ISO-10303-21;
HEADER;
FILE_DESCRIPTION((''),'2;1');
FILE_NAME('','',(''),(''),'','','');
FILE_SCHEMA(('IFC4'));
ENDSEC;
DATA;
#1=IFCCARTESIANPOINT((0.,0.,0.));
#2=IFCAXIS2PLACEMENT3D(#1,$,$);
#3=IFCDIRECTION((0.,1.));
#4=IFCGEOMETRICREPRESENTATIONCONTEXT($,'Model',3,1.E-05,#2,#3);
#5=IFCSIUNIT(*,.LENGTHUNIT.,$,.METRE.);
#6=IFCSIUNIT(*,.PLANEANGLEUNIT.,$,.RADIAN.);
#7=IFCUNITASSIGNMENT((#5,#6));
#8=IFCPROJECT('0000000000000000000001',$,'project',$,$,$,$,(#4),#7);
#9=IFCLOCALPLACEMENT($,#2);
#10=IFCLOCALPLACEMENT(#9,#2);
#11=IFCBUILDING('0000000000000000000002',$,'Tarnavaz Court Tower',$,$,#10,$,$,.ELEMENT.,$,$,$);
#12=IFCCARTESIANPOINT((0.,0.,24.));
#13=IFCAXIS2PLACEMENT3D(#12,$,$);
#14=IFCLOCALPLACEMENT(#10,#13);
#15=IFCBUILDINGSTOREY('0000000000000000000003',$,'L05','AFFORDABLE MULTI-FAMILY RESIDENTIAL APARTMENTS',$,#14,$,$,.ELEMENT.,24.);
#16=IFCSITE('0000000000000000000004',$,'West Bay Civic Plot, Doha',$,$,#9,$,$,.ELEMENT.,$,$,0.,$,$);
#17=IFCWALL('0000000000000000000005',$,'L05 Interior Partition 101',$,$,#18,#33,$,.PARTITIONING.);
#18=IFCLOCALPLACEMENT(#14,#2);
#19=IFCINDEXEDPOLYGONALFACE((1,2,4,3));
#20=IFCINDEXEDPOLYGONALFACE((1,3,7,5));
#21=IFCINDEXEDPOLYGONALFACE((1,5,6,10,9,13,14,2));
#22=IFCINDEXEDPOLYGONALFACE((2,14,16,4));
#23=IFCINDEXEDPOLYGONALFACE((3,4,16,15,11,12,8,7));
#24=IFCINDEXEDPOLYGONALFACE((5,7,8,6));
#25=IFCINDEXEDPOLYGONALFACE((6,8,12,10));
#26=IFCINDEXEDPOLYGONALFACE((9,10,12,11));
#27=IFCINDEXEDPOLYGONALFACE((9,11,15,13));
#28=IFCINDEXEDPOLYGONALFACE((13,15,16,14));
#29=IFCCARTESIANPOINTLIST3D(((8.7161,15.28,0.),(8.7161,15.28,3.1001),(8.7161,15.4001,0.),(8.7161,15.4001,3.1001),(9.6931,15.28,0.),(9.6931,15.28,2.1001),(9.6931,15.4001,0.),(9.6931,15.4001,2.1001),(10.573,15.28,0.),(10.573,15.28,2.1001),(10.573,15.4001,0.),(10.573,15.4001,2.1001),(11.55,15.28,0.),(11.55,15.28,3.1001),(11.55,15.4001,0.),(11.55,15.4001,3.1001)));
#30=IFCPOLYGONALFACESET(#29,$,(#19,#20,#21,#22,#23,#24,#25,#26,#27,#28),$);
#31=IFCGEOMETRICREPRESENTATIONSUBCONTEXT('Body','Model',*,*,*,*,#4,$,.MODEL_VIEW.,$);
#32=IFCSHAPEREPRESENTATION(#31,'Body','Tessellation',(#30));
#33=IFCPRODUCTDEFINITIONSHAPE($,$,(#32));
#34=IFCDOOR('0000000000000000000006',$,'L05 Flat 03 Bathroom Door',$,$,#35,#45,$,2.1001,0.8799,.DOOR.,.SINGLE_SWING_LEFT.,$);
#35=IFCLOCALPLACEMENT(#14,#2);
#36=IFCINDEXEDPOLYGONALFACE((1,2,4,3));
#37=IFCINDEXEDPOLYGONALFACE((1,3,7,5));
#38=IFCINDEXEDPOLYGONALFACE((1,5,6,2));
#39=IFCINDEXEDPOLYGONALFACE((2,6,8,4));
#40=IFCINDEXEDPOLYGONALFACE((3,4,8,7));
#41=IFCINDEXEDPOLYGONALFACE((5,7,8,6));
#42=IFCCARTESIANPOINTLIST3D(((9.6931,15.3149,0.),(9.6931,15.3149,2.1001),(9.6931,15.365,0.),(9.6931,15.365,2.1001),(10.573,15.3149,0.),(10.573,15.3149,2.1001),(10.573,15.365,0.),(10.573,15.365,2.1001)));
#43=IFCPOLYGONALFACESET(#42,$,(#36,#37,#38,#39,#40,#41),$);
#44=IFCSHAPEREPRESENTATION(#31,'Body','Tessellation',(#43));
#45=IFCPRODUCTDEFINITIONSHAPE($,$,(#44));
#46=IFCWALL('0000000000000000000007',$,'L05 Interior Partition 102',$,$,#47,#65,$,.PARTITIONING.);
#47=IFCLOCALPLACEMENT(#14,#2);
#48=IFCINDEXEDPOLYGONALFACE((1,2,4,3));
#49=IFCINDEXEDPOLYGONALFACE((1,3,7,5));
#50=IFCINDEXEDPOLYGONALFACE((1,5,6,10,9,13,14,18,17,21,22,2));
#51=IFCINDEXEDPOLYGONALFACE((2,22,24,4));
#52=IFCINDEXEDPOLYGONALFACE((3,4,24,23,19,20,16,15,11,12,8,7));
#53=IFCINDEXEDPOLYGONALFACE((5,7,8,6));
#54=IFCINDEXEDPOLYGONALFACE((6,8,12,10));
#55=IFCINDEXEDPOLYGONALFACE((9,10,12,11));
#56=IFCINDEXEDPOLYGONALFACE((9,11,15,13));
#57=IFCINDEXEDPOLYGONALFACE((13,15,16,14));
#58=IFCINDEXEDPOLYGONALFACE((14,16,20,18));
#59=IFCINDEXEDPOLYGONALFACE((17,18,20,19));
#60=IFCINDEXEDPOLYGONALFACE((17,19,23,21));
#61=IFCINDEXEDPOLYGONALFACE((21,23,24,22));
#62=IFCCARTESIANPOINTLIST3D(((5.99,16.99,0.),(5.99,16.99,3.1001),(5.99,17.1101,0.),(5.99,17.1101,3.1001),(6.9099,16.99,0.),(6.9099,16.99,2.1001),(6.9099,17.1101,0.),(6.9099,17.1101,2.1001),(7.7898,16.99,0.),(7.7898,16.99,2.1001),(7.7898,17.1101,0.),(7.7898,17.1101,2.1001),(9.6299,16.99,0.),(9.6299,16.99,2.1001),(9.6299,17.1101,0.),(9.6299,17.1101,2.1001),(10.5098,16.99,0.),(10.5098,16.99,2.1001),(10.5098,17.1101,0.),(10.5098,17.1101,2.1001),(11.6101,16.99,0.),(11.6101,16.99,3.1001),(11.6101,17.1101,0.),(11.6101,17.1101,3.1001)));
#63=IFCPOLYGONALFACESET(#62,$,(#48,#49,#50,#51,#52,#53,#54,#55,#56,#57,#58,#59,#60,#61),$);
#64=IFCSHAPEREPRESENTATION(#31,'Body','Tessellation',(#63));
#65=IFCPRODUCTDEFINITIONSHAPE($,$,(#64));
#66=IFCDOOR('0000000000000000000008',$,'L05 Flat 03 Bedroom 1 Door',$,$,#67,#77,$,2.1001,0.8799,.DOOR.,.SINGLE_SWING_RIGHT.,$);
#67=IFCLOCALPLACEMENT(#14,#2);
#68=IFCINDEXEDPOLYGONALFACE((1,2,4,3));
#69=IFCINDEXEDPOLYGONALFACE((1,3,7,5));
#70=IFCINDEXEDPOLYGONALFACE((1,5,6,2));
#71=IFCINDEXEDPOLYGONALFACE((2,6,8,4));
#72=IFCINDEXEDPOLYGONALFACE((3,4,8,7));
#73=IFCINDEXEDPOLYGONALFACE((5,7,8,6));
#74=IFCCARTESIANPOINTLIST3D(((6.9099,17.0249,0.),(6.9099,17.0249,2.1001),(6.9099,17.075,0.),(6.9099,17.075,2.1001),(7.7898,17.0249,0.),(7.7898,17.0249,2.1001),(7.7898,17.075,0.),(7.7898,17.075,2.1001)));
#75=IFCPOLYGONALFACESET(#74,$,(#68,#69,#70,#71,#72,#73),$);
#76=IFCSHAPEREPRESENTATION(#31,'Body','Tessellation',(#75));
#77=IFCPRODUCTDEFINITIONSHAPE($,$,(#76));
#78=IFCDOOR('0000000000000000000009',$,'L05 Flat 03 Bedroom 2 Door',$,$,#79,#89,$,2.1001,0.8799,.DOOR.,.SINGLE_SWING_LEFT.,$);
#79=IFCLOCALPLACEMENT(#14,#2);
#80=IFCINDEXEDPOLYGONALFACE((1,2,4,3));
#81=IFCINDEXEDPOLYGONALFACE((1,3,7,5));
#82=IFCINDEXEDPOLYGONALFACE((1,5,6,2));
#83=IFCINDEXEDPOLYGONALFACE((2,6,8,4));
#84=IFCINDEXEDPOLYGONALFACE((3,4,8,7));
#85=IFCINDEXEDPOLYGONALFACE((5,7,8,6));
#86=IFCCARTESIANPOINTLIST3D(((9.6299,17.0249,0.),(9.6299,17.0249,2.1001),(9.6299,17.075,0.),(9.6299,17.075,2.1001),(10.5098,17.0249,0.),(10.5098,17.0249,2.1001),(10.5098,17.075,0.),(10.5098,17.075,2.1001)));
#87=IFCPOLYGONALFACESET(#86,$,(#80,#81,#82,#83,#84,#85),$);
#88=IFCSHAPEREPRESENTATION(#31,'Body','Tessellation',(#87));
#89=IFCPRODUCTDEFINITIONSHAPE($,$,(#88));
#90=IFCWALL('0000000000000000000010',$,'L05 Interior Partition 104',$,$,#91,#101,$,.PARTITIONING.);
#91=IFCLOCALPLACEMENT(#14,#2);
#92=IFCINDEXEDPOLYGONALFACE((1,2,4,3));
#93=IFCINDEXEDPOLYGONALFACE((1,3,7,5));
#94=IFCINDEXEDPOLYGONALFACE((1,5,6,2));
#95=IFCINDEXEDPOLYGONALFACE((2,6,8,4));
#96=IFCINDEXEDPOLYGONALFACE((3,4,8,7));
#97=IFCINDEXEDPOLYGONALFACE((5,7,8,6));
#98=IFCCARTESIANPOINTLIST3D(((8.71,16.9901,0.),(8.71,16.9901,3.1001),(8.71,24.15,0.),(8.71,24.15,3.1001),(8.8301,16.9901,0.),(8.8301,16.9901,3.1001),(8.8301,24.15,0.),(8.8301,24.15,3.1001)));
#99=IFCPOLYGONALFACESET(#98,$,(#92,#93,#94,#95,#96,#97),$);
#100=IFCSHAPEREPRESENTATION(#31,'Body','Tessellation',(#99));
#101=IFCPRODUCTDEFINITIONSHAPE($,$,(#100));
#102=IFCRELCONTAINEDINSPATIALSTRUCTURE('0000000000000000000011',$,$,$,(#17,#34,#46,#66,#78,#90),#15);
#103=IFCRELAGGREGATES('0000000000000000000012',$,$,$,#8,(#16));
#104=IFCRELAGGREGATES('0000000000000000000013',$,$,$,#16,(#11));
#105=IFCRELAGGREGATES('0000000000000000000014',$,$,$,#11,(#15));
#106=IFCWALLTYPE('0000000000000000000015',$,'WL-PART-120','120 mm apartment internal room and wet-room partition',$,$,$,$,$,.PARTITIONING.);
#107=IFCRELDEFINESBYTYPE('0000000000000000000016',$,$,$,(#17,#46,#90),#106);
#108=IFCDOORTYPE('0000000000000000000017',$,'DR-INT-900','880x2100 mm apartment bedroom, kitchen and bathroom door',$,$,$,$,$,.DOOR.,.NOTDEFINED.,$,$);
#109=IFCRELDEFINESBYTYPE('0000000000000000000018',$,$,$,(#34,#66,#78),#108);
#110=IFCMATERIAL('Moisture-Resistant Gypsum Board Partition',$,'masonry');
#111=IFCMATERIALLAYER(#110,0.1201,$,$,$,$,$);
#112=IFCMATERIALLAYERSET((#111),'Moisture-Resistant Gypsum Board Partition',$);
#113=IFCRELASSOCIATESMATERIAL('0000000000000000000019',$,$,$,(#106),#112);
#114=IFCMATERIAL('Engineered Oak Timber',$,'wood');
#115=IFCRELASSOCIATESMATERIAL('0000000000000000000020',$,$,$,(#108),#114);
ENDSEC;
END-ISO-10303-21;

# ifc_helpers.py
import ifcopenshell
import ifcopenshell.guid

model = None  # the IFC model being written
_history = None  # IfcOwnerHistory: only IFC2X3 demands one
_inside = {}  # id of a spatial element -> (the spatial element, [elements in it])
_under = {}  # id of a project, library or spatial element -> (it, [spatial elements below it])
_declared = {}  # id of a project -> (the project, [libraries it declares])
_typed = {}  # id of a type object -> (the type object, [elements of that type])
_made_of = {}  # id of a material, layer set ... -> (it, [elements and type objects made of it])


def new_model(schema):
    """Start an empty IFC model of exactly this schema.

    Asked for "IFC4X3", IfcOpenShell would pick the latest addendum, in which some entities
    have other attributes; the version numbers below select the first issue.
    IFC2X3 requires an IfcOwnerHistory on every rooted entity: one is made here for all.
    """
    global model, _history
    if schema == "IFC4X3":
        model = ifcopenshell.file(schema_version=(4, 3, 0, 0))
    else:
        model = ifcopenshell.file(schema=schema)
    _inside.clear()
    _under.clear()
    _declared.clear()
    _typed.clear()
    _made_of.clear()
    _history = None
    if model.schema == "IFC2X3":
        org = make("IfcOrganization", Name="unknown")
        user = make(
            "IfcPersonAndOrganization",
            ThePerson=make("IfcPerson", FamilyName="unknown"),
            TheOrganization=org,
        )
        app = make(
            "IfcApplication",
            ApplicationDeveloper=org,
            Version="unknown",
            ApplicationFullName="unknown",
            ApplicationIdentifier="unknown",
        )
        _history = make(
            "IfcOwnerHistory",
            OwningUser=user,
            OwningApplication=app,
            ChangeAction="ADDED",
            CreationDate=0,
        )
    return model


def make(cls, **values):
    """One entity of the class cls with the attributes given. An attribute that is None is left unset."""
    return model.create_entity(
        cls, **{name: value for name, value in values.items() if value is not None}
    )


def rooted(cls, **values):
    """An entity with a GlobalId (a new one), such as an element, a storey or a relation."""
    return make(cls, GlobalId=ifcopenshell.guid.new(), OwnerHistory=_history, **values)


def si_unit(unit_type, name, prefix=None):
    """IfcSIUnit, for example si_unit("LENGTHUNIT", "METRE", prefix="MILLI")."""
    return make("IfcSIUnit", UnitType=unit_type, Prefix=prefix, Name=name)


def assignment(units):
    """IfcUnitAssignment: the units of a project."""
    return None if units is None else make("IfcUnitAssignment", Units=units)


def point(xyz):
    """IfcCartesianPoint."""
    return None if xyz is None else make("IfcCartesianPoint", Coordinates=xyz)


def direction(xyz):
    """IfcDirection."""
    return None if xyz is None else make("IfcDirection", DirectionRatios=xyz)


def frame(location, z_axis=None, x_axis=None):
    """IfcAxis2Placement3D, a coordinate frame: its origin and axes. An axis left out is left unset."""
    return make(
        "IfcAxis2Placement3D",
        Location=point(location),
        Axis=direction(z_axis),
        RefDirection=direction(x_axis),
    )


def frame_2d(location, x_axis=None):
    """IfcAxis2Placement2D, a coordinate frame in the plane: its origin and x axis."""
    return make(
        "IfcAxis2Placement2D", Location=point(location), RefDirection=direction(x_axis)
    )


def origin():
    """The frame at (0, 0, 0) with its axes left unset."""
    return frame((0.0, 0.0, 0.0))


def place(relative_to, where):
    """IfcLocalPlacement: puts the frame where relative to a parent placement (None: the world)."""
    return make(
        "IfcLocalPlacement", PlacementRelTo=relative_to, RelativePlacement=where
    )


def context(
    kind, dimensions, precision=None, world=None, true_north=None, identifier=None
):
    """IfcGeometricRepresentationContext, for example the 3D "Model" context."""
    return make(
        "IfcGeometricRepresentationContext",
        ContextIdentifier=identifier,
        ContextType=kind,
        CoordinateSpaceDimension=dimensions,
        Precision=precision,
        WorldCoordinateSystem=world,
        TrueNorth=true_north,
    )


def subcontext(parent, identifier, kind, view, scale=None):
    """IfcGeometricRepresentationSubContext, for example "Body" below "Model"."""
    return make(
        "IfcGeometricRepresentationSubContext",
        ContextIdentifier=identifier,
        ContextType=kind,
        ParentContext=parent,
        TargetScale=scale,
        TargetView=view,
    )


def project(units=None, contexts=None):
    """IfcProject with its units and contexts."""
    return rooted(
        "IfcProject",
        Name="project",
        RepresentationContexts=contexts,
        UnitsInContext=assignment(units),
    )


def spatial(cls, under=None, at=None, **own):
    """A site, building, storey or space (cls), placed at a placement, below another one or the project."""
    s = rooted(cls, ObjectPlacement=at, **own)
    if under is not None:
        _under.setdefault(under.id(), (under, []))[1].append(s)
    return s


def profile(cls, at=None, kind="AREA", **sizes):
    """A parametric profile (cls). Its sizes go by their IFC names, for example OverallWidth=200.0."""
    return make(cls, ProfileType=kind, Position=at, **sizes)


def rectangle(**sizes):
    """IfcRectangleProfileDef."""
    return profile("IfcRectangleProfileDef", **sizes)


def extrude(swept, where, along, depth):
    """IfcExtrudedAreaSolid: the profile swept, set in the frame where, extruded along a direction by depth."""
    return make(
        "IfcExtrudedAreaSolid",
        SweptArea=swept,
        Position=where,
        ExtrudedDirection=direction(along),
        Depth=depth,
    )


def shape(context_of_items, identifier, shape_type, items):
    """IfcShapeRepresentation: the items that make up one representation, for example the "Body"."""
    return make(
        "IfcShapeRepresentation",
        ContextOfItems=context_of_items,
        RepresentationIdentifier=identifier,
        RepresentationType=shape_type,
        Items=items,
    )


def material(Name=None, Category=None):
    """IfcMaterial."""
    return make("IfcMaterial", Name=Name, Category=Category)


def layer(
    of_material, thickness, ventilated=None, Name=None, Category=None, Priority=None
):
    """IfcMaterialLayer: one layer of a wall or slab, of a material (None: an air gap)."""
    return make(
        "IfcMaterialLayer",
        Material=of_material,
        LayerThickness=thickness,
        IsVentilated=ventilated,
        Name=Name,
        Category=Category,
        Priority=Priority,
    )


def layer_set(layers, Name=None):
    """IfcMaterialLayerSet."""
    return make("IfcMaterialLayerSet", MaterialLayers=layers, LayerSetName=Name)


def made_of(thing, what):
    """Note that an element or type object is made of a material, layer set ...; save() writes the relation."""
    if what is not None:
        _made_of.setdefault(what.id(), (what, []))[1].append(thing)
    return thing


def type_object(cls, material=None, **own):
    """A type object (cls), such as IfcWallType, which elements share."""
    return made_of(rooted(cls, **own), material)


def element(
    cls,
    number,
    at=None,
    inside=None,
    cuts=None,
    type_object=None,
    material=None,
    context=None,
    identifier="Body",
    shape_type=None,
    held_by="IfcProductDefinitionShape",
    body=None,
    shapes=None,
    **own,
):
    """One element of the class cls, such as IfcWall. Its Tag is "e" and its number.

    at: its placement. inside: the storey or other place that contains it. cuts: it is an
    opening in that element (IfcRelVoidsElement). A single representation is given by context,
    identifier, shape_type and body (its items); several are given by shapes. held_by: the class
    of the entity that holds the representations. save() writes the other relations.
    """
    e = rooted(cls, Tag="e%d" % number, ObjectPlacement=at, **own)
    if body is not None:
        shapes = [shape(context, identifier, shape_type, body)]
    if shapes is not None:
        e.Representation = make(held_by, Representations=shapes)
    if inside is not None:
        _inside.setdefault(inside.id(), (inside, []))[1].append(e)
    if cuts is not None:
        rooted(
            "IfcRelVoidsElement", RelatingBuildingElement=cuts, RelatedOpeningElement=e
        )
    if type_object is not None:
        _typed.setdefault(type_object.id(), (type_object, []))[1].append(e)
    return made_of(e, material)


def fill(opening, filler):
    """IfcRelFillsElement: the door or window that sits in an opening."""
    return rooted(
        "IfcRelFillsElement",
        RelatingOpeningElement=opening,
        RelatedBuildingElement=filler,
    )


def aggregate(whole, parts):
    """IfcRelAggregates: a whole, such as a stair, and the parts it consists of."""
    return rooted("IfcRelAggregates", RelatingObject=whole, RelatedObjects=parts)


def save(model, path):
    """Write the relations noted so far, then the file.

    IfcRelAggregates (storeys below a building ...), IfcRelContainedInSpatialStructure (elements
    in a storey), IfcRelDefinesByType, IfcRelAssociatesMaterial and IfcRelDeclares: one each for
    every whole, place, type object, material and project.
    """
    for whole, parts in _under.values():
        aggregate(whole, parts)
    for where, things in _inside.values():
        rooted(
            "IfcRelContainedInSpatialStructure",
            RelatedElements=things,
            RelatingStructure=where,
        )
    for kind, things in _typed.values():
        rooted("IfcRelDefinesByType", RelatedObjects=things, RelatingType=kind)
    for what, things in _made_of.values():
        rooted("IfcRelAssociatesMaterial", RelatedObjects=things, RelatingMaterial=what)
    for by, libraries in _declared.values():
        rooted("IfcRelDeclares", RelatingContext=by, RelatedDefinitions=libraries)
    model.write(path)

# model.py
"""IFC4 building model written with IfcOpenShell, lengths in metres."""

from ifc_helpers import new_model, si_unit, direction, frame, frame_2d, origin, place, context, subcontext, project, spatial, rectangle, extrude, material, layer, layer_set, type_object, element, fill, save


model = new_model("IFC4")

# Units and contexts
model_context = context("Model", 3, precision=1e-05, world=origin(), true_north=direction((0.0, 1.0)))
body_context = subcontext(model_context, "Body", "Model", "MODEL_VIEW")
ifc_project = project(units=[si_unit("LENGTHUNIT", "METRE"), si_unit("PLANEANGLEUNIT", "RADIAN")], contexts=[model_context])

# Site, building, storey
site_placement = place(None, origin())
site = spatial("IfcSite", under=ifc_project, at=site_placement, Name="West Bay Civic Plot, Doha", CompositionType="ELEMENT", RefElevation=0.0)
building_placement = place(site_placement, origin())
building = spatial("IfcBuilding", under=site, at=building_placement, Name="Tarnavaz Court Tower", CompositionType="ELEMENT")
storey_placement = place(building_placement, frame((0.0, 0.0, 24.0)))
storey = spatial("IfcBuildingStorey", under=building, at=storey_placement, Name="L05", Description="AFFORDABLE MULTI-FAMILY RESIDENTIAL APARTMENTS", CompositionType="ELEMENT", Elevation=24.0)

# Wall, opening, door
ifc_material_1 = material(Name="Moisture-Resistant Gypsum Board Partition", Category="masonry")
ifc_layer_1 = layer(ifc_material_1, 0.1201)
ifc_layer_set_1 = layer_set([ifc_layer_1], Name="Moisture-Resistant Gypsum Board Partition")
wall_type_1 = type_object("IfcWallType", Name="WL-PART-120", Description="120 mm apartment internal room and wet-room partition", PredefinedType="PARTITIONING", material=ifc_layer_set_1)
ifc_material_2 = material(Name="Engineered Oak Timber", Category="wood")
door_type = type_object("IfcDoorType", Name="DR-INT-900", Description="880x2100 mm apartment bedroom, kitchen and bathroom door", OperationType="NOTDEFINED", PredefinedType="DOOR", material=ifc_material_2)
wall_1_placement = place(storey_placement, frame((8.7161, 15.3401, 0.0), z_axis=(0.0, 0.0, 1.0), x_axis=(1.0, 0.0, 0.0)))
wall_1 = element("IfcWall", 1, at=wall_1_placement, inside=storey, type_object=wall_type_1, Name="L05 Interior Partition 101", PredefinedType="PARTITIONING", context=body_context, shape_type="SweptSolid", body=[
    extrude(rectangle(XDim=2.834, YDim=0.1201, at=frame_2d((1.417, 0.0))), origin(), (0.0, 0.0, 1.0), 3.1001),
])
opening_1_placement = place(wall_1_placement, frame((0.9771, 0.0, 0.0)))
opening_1 = element("IfcOpeningElement", 2, at=opening_1_placement, cuts=wall_1, PredefinedType="OPENING", context=body_context, shape_type="SweptSolid", body=[
    extrude(rectangle(XDim=0.8799, YDim=2.1001, at=frame_2d((0.4399, 1.05))), frame((0.0, 0.0701, 0.0), z_axis=(0.0, -1.0, 0.0), x_axis=(1.0, 0.0, 0.0)), (0.0, 0.0, 1.0), 0.1401),
])
door_1_placement = place(opening_1_placement, origin())
door_1 = element("IfcDoor", 3, at=door_1_placement, inside=storey, type_object=door_type, Name="L05 Flat 03 Bathroom Door", OperationType="SINGLE_SWING_LEFT", OverallHeight=2.1001, OverallWidth=0.8799, PredefinedType="DOOR", context=body_context, shape_type="SweptSolid", body=[
    extrude(rectangle(XDim=0.8799, YDim=2.1001, at=frame_2d((0.4399, 1.05))), frame((0.0, 0.0249, 0.0), z_axis=(0.0, -1.0, 0.0), x_axis=(1.0, 0.0, 0.0)), (0.0, 0.0, 1.0), 0.05),
])
fill(opening_1, door_1)

# Wall, openings, doors
wall_2_placement = place(storey_placement, frame((5.99, 17.05, 0.0), z_axis=(0.0, 0.0, 1.0), x_axis=(1.0, 0.0, 0.0)))
wall_2 = element("IfcWall", 4, at=wall_2_placement, inside=storey, type_object=wall_type_1, Name="L05 Interior Partition 102", PredefinedType="PARTITIONING", context=body_context, shape_type="SweptSolid", body=[
    extrude(rectangle(XDim=5.6201, YDim=0.1201, at=frame_2d((2.8101, 0.0))), origin(), (0.0, 0.0, 1.0), 3.1001),
])
opening_2_placement = place(wall_2_placement, frame((0.9199, 0.0, 0.0)))
opening_2 = element("IfcOpeningElement", 5, at=opening_2_placement, cuts=wall_2, PredefinedType="OPENING", context=body_context, shape_type="SweptSolid", body=[
    extrude(rectangle(XDim=0.8799, YDim=2.1001, at=frame_2d((0.4399, 1.05))), frame((0.0, 0.0701, 0.0), z_axis=(0.0, -1.0, 0.0), x_axis=(1.0, 0.0, 0.0)), (0.0, 0.0, 1.0), 0.1401),
])
opening_3_placement = place(wall_2_placement, frame((3.6399, 0.0, 0.0)))
opening_3 = element("IfcOpeningElement", 6, at=opening_3_placement, cuts=wall_2, PredefinedType="OPENING", context=body_context, shape_type="SweptSolid", body=[
    extrude(rectangle(XDim=0.8799, YDim=2.1001, at=frame_2d((0.4399, 1.05))), frame((0.0, 0.0701, 0.0), z_axis=(0.0, -1.0, 0.0), x_axis=(1.0, 0.0, 0.0)), (0.0, 0.0, 1.0), 0.1401),
])
door_2_placement = place(opening_2_placement, origin())
door_2 = element("IfcDoor", 7, at=door_2_placement, inside=storey, type_object=door_type, Name="L05 Flat 03 Bedroom 1 Door", OperationType="SINGLE_SWING_RIGHT", OverallHeight=2.1001, OverallWidth=0.8799, PredefinedType="DOOR", context=body_context, shape_type="SweptSolid", body=[
    extrude(rectangle(XDim=0.8799, YDim=2.1001, at=frame_2d((0.4399, 1.05))), frame((0.0, 0.0249, 0.0), z_axis=(0.0, -1.0, 0.0), x_axis=(1.0, 0.0, 0.0)), (0.0, 0.0, 1.0), 0.05),
])
fill(opening_2, door_2)
door_3_placement = place(opening_3_placement, origin())
door_3 = element("IfcDoor", 8, at=door_3_placement, inside=storey, type_object=door_type, Name="L05 Flat 03 Bedroom 2 Door", OperationType="SINGLE_SWING_LEFT", OverallHeight=2.1001, OverallWidth=0.8799, PredefinedType="DOOR", context=body_context, shape_type="SweptSolid", body=[
    extrude(rectangle(XDim=0.8799, YDim=2.1001, at=frame_2d((0.4399, 1.05))), frame((0.0, 0.0249, 0.0), z_axis=(0.0, -1.0, 0.0), x_axis=(1.0, 0.0, 0.0)), (0.0, 0.0, 1.0), 0.05),
])
fill(opening_3, door_3)

# Wall
wall_3_placement = place(storey_placement, frame((8.77, 16.99, 0.0), z_axis=(0.0, 0.0, 1.0), x_axis=(0.0, 1.0, 0.0)))
element("IfcWall", 9, at=wall_3_placement, inside=storey, type_object=wall_type_1, Name="L05 Interior Partition 104", PredefinedType="PARTITIONING", context=body_context, shape_type="SweptSolid", body=[
    extrude(rectangle(XDim=7.1599, YDim=0.1201, at=frame_2d((3.5801, 0.0))), origin(), (0.0, 0.0, 1.0), 3.1001),
])

save(model, "model.ifc")
